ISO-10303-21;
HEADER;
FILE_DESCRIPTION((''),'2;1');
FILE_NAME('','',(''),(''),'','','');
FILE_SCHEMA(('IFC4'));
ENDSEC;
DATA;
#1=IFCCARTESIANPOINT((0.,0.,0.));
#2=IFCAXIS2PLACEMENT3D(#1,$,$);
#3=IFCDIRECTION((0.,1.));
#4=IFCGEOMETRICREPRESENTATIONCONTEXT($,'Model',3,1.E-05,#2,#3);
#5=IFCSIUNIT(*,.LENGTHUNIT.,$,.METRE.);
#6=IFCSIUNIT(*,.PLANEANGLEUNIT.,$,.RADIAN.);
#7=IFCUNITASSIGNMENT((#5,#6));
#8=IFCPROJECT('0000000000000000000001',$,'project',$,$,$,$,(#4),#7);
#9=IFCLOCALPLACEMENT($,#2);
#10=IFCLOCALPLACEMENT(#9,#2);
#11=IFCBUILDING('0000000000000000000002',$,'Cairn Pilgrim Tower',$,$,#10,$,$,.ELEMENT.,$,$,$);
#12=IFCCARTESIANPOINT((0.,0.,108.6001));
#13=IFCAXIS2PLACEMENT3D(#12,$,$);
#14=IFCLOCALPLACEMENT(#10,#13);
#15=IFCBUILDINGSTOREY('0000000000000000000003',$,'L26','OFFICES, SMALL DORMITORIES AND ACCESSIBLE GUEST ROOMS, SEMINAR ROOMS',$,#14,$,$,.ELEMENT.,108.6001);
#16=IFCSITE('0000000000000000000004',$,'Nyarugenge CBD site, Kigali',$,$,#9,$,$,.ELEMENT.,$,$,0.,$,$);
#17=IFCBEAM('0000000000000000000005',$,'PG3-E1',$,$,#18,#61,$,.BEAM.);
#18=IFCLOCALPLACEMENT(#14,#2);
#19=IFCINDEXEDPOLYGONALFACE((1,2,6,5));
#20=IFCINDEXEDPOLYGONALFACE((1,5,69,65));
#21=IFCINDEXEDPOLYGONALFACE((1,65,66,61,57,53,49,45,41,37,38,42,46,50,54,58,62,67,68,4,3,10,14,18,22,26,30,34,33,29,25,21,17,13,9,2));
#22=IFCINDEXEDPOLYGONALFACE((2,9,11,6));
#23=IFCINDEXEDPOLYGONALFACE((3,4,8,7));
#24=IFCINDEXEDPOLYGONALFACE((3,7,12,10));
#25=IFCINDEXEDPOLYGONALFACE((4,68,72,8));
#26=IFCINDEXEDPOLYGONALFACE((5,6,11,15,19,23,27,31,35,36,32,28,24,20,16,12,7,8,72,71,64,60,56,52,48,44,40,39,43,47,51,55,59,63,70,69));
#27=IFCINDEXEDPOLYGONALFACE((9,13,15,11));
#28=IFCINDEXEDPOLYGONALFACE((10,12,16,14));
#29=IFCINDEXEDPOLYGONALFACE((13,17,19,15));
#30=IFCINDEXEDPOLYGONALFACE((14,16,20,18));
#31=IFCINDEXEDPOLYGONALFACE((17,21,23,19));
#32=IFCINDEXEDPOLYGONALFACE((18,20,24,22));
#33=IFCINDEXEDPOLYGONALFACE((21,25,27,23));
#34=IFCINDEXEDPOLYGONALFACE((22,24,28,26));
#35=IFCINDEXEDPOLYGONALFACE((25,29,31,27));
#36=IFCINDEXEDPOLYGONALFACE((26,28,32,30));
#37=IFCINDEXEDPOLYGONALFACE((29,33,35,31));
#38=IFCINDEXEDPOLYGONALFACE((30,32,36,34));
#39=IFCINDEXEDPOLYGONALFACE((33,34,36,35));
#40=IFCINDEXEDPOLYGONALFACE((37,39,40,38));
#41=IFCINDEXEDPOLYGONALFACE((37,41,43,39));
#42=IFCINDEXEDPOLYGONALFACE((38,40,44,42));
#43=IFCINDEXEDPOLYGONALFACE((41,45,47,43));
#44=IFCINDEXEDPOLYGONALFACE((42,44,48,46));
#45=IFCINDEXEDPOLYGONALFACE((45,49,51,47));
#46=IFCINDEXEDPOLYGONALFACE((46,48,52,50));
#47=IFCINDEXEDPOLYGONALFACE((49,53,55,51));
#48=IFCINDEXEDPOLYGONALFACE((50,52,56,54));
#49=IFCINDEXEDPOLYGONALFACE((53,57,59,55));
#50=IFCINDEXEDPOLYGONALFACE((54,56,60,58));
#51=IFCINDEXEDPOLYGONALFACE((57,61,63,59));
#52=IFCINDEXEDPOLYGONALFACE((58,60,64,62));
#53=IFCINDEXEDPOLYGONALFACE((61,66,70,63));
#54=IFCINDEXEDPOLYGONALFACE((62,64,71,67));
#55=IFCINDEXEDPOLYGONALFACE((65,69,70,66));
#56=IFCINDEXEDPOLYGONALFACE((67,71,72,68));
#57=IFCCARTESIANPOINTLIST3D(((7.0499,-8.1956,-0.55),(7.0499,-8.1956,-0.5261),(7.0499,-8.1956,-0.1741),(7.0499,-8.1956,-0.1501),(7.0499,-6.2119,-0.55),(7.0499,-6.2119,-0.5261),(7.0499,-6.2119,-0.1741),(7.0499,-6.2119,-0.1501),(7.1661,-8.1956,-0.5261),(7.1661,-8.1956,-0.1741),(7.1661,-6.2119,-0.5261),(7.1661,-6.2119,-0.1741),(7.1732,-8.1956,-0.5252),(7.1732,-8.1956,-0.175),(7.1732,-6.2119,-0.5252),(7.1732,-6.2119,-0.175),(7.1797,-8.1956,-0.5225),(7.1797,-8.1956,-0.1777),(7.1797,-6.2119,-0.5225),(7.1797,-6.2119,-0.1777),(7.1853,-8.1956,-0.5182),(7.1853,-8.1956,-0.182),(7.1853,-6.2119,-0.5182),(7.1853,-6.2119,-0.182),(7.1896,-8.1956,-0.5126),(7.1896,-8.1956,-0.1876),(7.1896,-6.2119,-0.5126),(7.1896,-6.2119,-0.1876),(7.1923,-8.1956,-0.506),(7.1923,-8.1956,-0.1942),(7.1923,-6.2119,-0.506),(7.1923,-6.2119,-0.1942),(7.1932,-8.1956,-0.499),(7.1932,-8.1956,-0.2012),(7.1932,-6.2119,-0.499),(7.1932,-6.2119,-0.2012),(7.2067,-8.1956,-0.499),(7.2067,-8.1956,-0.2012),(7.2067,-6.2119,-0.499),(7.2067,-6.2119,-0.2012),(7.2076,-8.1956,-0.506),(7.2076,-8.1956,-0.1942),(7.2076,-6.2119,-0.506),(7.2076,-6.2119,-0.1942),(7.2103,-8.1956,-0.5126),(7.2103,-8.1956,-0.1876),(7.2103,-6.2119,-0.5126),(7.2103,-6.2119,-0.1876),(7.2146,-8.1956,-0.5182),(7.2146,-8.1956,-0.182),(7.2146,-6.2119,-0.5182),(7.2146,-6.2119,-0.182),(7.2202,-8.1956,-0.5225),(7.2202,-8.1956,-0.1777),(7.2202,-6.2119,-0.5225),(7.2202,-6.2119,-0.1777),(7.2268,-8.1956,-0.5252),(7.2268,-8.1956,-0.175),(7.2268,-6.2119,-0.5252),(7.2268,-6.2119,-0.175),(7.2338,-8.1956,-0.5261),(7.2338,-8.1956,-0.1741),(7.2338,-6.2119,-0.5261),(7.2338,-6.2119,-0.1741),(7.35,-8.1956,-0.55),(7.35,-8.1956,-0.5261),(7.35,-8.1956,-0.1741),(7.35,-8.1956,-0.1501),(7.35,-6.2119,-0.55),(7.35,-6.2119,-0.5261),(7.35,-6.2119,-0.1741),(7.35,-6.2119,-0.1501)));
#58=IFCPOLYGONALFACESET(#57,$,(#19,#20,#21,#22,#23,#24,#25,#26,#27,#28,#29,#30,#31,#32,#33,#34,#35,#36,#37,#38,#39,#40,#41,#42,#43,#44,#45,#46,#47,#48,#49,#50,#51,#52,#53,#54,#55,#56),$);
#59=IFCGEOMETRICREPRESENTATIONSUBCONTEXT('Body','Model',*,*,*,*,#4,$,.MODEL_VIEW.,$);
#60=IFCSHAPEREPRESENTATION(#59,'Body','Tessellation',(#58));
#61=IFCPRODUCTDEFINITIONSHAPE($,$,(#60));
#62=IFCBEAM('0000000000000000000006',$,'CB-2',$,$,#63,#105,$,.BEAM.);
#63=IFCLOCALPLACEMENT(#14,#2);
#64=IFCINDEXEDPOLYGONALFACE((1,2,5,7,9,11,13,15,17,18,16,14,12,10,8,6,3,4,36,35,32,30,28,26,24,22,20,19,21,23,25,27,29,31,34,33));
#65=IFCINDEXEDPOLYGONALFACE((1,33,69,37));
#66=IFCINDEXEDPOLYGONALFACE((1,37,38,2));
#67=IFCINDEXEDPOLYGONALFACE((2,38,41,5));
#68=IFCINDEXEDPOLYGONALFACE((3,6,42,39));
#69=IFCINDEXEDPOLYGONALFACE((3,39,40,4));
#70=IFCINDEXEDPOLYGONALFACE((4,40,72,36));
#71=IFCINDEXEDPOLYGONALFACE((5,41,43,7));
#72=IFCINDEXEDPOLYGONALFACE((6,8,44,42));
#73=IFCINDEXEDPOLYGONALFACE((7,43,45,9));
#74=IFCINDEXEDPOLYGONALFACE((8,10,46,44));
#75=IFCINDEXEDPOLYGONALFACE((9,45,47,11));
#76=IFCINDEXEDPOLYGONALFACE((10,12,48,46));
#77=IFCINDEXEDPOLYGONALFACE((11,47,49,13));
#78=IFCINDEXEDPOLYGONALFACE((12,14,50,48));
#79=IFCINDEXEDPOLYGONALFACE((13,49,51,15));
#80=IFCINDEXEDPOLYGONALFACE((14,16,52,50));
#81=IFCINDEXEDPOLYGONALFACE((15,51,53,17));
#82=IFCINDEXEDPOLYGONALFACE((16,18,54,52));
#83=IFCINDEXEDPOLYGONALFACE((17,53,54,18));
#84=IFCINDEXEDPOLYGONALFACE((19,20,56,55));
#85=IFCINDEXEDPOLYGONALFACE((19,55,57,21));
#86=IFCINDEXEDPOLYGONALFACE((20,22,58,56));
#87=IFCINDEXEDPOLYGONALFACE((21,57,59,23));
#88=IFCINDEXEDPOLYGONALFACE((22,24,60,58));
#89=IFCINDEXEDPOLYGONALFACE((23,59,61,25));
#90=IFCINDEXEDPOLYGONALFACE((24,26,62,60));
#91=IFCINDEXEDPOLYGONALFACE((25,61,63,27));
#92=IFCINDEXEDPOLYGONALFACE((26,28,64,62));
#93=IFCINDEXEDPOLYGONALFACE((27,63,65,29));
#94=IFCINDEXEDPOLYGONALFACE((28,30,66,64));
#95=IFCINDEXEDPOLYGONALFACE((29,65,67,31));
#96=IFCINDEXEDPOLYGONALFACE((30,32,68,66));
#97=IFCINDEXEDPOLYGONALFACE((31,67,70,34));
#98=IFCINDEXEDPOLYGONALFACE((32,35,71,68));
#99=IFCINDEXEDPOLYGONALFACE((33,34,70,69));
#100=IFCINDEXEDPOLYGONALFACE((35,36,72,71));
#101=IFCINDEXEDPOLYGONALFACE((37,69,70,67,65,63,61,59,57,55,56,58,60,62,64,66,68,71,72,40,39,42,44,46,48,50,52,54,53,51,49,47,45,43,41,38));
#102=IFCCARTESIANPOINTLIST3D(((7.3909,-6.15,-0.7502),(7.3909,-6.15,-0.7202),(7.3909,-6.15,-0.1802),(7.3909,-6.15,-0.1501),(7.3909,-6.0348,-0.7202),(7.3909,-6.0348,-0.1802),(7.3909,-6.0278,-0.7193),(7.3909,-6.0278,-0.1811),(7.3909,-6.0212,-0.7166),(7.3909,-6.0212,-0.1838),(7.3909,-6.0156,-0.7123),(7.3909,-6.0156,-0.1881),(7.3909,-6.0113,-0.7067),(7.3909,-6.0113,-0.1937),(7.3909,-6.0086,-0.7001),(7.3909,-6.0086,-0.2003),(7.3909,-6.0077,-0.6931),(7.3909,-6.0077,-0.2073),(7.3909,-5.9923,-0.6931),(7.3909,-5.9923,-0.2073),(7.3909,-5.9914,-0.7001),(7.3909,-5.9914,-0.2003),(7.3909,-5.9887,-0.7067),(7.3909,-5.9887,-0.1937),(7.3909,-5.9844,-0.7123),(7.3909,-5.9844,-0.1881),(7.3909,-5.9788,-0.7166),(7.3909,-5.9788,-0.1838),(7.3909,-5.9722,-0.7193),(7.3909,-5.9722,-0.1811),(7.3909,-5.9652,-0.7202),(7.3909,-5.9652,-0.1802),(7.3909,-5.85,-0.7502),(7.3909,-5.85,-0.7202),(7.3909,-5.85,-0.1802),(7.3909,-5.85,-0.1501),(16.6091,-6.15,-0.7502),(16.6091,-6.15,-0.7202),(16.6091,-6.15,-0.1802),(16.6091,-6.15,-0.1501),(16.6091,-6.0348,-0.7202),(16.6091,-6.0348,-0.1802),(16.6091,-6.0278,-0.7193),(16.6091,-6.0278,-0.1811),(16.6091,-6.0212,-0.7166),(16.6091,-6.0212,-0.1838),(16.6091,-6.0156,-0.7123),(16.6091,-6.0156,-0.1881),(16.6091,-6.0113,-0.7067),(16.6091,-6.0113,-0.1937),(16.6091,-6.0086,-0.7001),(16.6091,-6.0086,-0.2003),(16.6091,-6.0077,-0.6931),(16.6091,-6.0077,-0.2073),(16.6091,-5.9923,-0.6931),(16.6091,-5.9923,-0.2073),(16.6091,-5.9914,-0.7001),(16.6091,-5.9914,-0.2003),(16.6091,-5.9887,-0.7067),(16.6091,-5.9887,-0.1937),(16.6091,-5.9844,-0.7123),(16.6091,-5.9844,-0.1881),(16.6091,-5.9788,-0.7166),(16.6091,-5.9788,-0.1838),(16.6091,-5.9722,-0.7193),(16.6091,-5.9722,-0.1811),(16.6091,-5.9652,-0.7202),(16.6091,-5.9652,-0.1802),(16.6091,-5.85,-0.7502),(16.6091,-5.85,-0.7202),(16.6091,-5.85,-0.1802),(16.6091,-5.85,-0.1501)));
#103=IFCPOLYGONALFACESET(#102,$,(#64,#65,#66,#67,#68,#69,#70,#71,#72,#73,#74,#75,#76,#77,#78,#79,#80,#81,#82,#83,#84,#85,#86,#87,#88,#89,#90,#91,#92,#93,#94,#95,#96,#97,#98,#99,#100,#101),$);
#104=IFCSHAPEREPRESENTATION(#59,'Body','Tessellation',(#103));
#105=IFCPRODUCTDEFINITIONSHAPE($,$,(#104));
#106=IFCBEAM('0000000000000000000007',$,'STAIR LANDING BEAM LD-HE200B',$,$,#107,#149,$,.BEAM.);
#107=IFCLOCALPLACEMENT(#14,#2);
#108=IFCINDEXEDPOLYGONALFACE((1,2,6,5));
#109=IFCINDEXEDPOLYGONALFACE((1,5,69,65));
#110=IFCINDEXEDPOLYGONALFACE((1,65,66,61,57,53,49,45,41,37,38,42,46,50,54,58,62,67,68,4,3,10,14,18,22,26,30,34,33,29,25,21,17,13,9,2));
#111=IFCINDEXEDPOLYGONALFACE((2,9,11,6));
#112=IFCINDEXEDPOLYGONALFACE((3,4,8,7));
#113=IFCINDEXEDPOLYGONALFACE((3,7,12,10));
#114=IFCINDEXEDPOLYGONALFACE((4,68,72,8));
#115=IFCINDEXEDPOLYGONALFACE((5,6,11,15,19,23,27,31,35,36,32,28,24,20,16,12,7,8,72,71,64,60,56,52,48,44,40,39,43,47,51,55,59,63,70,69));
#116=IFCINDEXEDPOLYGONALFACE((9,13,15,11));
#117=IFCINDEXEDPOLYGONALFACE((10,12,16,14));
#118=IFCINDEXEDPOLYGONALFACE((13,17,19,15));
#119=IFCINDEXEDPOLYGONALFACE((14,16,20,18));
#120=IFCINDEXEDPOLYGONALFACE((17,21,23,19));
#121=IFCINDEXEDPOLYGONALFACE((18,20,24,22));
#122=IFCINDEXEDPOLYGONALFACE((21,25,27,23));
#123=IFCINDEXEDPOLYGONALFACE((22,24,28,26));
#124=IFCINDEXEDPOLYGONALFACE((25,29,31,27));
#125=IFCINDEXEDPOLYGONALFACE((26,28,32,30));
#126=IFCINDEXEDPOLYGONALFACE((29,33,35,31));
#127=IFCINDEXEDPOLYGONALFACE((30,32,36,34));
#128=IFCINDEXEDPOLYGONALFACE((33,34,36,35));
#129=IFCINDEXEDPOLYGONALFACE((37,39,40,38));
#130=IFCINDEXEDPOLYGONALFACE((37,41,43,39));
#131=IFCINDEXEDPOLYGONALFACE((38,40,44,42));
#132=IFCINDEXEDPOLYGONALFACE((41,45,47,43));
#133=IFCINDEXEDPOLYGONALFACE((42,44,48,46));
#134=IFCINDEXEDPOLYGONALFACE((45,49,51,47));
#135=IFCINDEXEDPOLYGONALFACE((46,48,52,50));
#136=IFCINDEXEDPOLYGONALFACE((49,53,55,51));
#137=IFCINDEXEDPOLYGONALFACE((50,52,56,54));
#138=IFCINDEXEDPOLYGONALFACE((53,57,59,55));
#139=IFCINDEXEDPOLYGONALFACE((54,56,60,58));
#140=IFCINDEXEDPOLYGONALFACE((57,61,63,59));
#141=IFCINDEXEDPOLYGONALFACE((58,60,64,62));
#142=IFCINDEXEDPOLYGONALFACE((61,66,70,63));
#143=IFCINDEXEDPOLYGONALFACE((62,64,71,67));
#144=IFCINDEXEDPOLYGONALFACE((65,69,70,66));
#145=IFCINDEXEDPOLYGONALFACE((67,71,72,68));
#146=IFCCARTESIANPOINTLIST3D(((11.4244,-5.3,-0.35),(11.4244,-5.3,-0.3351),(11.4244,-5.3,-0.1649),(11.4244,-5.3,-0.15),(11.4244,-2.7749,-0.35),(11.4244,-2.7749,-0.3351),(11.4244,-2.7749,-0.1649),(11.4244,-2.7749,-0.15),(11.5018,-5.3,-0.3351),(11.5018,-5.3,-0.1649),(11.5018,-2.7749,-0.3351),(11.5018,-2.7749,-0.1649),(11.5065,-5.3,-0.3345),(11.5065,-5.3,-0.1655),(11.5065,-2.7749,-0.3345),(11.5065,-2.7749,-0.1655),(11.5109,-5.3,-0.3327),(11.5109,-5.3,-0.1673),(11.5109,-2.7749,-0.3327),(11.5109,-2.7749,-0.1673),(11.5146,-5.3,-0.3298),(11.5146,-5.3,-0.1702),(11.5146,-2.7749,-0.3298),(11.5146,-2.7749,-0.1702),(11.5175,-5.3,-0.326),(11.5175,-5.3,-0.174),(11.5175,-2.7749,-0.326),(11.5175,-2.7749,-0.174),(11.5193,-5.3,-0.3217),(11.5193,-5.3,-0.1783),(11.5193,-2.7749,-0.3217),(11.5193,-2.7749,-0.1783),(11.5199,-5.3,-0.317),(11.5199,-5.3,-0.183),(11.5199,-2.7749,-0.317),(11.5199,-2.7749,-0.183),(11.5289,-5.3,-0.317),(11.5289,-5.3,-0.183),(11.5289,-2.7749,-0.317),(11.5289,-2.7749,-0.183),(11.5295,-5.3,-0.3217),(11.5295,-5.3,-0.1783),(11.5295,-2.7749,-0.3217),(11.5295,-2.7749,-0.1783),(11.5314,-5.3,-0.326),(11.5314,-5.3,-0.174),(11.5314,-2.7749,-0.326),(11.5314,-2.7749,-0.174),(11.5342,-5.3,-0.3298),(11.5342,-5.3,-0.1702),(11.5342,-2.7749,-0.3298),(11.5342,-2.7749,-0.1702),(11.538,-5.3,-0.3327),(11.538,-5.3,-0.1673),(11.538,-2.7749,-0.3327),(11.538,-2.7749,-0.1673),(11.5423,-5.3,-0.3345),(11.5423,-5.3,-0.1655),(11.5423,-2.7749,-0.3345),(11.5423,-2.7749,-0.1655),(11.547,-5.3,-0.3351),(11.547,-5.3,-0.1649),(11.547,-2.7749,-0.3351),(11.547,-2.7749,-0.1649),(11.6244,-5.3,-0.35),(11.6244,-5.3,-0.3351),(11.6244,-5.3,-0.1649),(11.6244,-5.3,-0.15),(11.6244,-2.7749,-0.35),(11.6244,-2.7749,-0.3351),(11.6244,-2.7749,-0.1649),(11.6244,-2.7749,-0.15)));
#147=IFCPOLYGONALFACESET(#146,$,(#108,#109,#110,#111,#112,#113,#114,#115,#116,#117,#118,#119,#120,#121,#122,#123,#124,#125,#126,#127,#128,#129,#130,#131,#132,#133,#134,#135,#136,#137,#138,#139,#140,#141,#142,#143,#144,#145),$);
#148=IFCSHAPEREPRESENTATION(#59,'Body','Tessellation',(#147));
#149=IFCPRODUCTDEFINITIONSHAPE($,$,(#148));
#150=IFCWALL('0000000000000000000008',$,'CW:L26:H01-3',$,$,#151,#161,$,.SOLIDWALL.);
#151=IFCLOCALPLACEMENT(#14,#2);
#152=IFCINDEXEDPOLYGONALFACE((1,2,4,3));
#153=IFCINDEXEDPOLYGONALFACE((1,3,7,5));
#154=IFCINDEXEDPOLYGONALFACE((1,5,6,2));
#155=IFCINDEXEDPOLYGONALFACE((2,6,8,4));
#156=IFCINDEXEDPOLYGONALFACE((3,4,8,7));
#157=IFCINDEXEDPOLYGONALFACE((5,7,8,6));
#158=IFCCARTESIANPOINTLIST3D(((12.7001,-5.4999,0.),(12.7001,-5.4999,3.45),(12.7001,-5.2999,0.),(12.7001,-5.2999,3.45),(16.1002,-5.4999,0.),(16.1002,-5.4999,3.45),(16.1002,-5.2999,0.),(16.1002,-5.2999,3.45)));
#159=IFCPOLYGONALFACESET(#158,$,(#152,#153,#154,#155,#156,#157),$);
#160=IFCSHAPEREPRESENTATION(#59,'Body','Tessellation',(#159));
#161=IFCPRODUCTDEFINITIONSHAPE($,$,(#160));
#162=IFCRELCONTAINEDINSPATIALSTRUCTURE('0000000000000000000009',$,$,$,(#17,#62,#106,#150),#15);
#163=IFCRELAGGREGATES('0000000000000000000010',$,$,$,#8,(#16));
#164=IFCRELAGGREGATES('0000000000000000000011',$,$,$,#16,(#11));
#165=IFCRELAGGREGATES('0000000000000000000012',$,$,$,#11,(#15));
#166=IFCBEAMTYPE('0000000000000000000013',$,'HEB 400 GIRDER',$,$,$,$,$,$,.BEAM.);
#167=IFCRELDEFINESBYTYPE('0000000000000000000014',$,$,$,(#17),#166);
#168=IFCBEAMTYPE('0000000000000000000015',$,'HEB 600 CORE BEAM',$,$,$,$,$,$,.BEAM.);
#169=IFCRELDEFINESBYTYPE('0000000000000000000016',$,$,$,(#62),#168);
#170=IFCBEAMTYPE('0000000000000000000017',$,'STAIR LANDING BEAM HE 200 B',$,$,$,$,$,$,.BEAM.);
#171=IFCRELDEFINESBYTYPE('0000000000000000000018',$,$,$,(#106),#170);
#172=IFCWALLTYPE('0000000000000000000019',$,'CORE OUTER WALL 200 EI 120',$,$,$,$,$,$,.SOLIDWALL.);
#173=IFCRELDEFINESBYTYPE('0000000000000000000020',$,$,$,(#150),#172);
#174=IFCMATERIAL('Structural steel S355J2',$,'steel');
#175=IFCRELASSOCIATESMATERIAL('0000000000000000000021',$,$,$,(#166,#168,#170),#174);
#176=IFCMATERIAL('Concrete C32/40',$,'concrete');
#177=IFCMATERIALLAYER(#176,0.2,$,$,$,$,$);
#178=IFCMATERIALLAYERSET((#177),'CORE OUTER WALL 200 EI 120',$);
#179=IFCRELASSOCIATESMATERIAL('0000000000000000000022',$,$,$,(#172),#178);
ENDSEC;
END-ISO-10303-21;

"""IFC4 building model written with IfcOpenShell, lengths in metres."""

from ifc_helpers import new_model, si_unit, direction, frame, frame_2d, origin, origin_2d, place, context, subcontext, project, spatial, rectangle, i_section, extrude, material, layer, layer_set, material_profile, profile_set, type_object, element, save


model = new_model("IFC4")

# Units and contexts
model_context = context("Model", 3, precision=1e-05, world=origin(), true_north=direction((0.0, 1.0)))
body_context = subcontext(model_context, "Body", "Model", "MODEL_VIEW")
ifc_project = project(units=[si_unit("LENGTHUNIT", "METRE"), si_unit("PLANEANGLEUNIT", "RADIAN")], contexts=[model_context])

# Site, building, storey
site_placement = place(None, origin())
site = spatial("IfcSite", under=ifc_project, at=site_placement, Name="Nyarugenge CBD site, Kigali", CompositionType="ELEMENT", RefElevation=0.0)
building_placement = place(site_placement, origin())
building = spatial("IfcBuilding", under=site, at=building_placement, Name="Cairn Pilgrim Tower", CompositionType="ELEMENT")
storey_placement = place(building_placement, frame((0.0, 0.0, 108.6001)))
storey = spatial("IfcBuildingStorey", under=building, at=storey_placement, Name="L26", Description="OFFICES, SMALL DORMITORIES AND ACCESSIBLE GUEST ROOMS, SEMINAR ROOMS", CompositionType="ELEMENT", Elevation=108.6001)

# Beams
ifc_material_1 = material(Name="Structural steel S355J2", Category="steel")
ifc_material_profile_1 = material_profile(ifc_material_1, i_section(OverallWidth=0.3, OverallDepth=0.3999, WebThickness=0.0134, FlangeThickness=0.0239, FilletRadius=0.0271, at=origin_2d()), Name="HEB 400")
ifc_profile_set_1 = profile_set([ifc_material_profile_1], Name="Structural steel S355J2")
beam_type_1 = type_object("IfcBeamType", Name="HEB 400 GIRDER", PredefinedType="BEAM", material=ifc_profile_set_1)
beam_1_placement = place(storey_placement, frame((7.2, -8.1956, -0.3501), z_axis=(0.0, 1.0, 0.0), x_axis=(-1.0, 0.0, 0.0)))
element("IfcBeam", 1, at=beam_1_placement, inside=storey, type_object=beam_type_1, Name="PG3-E1", PredefinedType="BEAM", context=body_context, shape_type="SweptSolid", body=[
    extrude(i_section(OverallWidth=0.3, OverallDepth=0.3999, WebThickness=0.0134, FlangeThickness=0.0239, FilletRadius=0.0271, at=origin_2d()), origin(), (0.0, 0.0, 1.0), 1.9836),
])
ifc_material_profile_2 = material_profile(ifc_material_1, i_section(OverallWidth=0.3, OverallDepth=0.6001, WebThickness=0.0154, FlangeThickness=0.03, FilletRadius=0.0271, at=origin_2d()), Name="HEB 600")
ifc_profile_set_2 = profile_set([ifc_material_profile_2], Name="Structural steel S355J2")
beam_type_2 = type_object("IfcBeamType", Name="HEB 600 CORE BEAM", PredefinedType="BEAM", material=ifc_profile_set_2)
beam_2_placement = place(storey_placement, frame((7.3909, -6.0, -0.4502), z_axis=(1.0, 0.0, 0.0), x_axis=(0.0, 1.0, 0.0)))
element("IfcBeam", 2, at=beam_2_placement, inside=storey, type_object=beam_type_2, Name="CB-2", PredefinedType="BEAM", context=body_context, shape_type="SweptSolid", body=[
    extrude(i_section(OverallWidth=0.3, OverallDepth=0.6001, WebThickness=0.0154, FlangeThickness=0.03, FilletRadius=0.0271, at=origin_2d()), origin(), (0.0, 0.0, 1.0), 9.2183),
])
ifc_material_profile_3 = material_profile(ifc_material_1, i_section(OverallWidth=0.2, OverallDepth=0.2, WebThickness=0.009, FlangeThickness=0.0149, FilletRadius=0.0181, at=origin_2d()), Name="HE 200 B")
ifc_profile_set_3 = profile_set([ifc_material_profile_3], Name="Structural steel S355J2")
beam_type_3 = type_object("IfcBeamType", Name="STAIR LANDING BEAM HE 200 B", PredefinedType="BEAM", material=ifc_profile_set_3)
beam_3_placement = place(storey_placement, frame((11.5244, -2.7749, -0.25), z_axis=(0.0, -1.0, 0.0), x_axis=(1.0, 0.0, 0.0)))
element("IfcBeam", 3, at=beam_3_placement, inside=storey, type_object=beam_type_3, Name="STAIR LANDING BEAM LD-HE200B", PredefinedType="BEAM", context=body_context, shape_type="SweptSolid", body=[
    extrude(i_section(OverallWidth=0.2, OverallDepth=0.2, WebThickness=0.009, FlangeThickness=0.0149, FilletRadius=0.0181, at=origin_2d()), origin(), (0.0, 0.0, 1.0), 2.5251),
])

# Wall
ifc_material_2 = material(Name="Concrete C32/40", Category="concrete")
ifc_layer_1 = layer(ifc_material_2, 0.2)
ifc_layer_set_1 = layer_set([ifc_layer_1], Name="CORE OUTER WALL 200 EI 120")
wall_type_1 = type_object("IfcWallType", Name="CORE OUTER WALL 200 EI 120", PredefinedType="SOLIDWALL", material=ifc_layer_set_1)
wall_1_placement = place(storey_placement, frame((12.7, -5.3999, 0.0), z_axis=(0.0, 0.0, 1.0), x_axis=(1.0, 0.0, 0.0)))
element("IfcWall", 4, at=wall_1_placement, inside=storey, type_object=wall_type_1, Name="CW:L26:H01-3", PredefinedType="SOLIDWALL", context=body_context, shape_type="SweptSolid", body=[
    extrude(rectangle(XDim=3.4001, YDim=0.2, at=frame_2d((1.7002, 0.0))), origin(), (0.0, 0.0, 1.0), 3.45),
])

save(model, "model.ifc")
